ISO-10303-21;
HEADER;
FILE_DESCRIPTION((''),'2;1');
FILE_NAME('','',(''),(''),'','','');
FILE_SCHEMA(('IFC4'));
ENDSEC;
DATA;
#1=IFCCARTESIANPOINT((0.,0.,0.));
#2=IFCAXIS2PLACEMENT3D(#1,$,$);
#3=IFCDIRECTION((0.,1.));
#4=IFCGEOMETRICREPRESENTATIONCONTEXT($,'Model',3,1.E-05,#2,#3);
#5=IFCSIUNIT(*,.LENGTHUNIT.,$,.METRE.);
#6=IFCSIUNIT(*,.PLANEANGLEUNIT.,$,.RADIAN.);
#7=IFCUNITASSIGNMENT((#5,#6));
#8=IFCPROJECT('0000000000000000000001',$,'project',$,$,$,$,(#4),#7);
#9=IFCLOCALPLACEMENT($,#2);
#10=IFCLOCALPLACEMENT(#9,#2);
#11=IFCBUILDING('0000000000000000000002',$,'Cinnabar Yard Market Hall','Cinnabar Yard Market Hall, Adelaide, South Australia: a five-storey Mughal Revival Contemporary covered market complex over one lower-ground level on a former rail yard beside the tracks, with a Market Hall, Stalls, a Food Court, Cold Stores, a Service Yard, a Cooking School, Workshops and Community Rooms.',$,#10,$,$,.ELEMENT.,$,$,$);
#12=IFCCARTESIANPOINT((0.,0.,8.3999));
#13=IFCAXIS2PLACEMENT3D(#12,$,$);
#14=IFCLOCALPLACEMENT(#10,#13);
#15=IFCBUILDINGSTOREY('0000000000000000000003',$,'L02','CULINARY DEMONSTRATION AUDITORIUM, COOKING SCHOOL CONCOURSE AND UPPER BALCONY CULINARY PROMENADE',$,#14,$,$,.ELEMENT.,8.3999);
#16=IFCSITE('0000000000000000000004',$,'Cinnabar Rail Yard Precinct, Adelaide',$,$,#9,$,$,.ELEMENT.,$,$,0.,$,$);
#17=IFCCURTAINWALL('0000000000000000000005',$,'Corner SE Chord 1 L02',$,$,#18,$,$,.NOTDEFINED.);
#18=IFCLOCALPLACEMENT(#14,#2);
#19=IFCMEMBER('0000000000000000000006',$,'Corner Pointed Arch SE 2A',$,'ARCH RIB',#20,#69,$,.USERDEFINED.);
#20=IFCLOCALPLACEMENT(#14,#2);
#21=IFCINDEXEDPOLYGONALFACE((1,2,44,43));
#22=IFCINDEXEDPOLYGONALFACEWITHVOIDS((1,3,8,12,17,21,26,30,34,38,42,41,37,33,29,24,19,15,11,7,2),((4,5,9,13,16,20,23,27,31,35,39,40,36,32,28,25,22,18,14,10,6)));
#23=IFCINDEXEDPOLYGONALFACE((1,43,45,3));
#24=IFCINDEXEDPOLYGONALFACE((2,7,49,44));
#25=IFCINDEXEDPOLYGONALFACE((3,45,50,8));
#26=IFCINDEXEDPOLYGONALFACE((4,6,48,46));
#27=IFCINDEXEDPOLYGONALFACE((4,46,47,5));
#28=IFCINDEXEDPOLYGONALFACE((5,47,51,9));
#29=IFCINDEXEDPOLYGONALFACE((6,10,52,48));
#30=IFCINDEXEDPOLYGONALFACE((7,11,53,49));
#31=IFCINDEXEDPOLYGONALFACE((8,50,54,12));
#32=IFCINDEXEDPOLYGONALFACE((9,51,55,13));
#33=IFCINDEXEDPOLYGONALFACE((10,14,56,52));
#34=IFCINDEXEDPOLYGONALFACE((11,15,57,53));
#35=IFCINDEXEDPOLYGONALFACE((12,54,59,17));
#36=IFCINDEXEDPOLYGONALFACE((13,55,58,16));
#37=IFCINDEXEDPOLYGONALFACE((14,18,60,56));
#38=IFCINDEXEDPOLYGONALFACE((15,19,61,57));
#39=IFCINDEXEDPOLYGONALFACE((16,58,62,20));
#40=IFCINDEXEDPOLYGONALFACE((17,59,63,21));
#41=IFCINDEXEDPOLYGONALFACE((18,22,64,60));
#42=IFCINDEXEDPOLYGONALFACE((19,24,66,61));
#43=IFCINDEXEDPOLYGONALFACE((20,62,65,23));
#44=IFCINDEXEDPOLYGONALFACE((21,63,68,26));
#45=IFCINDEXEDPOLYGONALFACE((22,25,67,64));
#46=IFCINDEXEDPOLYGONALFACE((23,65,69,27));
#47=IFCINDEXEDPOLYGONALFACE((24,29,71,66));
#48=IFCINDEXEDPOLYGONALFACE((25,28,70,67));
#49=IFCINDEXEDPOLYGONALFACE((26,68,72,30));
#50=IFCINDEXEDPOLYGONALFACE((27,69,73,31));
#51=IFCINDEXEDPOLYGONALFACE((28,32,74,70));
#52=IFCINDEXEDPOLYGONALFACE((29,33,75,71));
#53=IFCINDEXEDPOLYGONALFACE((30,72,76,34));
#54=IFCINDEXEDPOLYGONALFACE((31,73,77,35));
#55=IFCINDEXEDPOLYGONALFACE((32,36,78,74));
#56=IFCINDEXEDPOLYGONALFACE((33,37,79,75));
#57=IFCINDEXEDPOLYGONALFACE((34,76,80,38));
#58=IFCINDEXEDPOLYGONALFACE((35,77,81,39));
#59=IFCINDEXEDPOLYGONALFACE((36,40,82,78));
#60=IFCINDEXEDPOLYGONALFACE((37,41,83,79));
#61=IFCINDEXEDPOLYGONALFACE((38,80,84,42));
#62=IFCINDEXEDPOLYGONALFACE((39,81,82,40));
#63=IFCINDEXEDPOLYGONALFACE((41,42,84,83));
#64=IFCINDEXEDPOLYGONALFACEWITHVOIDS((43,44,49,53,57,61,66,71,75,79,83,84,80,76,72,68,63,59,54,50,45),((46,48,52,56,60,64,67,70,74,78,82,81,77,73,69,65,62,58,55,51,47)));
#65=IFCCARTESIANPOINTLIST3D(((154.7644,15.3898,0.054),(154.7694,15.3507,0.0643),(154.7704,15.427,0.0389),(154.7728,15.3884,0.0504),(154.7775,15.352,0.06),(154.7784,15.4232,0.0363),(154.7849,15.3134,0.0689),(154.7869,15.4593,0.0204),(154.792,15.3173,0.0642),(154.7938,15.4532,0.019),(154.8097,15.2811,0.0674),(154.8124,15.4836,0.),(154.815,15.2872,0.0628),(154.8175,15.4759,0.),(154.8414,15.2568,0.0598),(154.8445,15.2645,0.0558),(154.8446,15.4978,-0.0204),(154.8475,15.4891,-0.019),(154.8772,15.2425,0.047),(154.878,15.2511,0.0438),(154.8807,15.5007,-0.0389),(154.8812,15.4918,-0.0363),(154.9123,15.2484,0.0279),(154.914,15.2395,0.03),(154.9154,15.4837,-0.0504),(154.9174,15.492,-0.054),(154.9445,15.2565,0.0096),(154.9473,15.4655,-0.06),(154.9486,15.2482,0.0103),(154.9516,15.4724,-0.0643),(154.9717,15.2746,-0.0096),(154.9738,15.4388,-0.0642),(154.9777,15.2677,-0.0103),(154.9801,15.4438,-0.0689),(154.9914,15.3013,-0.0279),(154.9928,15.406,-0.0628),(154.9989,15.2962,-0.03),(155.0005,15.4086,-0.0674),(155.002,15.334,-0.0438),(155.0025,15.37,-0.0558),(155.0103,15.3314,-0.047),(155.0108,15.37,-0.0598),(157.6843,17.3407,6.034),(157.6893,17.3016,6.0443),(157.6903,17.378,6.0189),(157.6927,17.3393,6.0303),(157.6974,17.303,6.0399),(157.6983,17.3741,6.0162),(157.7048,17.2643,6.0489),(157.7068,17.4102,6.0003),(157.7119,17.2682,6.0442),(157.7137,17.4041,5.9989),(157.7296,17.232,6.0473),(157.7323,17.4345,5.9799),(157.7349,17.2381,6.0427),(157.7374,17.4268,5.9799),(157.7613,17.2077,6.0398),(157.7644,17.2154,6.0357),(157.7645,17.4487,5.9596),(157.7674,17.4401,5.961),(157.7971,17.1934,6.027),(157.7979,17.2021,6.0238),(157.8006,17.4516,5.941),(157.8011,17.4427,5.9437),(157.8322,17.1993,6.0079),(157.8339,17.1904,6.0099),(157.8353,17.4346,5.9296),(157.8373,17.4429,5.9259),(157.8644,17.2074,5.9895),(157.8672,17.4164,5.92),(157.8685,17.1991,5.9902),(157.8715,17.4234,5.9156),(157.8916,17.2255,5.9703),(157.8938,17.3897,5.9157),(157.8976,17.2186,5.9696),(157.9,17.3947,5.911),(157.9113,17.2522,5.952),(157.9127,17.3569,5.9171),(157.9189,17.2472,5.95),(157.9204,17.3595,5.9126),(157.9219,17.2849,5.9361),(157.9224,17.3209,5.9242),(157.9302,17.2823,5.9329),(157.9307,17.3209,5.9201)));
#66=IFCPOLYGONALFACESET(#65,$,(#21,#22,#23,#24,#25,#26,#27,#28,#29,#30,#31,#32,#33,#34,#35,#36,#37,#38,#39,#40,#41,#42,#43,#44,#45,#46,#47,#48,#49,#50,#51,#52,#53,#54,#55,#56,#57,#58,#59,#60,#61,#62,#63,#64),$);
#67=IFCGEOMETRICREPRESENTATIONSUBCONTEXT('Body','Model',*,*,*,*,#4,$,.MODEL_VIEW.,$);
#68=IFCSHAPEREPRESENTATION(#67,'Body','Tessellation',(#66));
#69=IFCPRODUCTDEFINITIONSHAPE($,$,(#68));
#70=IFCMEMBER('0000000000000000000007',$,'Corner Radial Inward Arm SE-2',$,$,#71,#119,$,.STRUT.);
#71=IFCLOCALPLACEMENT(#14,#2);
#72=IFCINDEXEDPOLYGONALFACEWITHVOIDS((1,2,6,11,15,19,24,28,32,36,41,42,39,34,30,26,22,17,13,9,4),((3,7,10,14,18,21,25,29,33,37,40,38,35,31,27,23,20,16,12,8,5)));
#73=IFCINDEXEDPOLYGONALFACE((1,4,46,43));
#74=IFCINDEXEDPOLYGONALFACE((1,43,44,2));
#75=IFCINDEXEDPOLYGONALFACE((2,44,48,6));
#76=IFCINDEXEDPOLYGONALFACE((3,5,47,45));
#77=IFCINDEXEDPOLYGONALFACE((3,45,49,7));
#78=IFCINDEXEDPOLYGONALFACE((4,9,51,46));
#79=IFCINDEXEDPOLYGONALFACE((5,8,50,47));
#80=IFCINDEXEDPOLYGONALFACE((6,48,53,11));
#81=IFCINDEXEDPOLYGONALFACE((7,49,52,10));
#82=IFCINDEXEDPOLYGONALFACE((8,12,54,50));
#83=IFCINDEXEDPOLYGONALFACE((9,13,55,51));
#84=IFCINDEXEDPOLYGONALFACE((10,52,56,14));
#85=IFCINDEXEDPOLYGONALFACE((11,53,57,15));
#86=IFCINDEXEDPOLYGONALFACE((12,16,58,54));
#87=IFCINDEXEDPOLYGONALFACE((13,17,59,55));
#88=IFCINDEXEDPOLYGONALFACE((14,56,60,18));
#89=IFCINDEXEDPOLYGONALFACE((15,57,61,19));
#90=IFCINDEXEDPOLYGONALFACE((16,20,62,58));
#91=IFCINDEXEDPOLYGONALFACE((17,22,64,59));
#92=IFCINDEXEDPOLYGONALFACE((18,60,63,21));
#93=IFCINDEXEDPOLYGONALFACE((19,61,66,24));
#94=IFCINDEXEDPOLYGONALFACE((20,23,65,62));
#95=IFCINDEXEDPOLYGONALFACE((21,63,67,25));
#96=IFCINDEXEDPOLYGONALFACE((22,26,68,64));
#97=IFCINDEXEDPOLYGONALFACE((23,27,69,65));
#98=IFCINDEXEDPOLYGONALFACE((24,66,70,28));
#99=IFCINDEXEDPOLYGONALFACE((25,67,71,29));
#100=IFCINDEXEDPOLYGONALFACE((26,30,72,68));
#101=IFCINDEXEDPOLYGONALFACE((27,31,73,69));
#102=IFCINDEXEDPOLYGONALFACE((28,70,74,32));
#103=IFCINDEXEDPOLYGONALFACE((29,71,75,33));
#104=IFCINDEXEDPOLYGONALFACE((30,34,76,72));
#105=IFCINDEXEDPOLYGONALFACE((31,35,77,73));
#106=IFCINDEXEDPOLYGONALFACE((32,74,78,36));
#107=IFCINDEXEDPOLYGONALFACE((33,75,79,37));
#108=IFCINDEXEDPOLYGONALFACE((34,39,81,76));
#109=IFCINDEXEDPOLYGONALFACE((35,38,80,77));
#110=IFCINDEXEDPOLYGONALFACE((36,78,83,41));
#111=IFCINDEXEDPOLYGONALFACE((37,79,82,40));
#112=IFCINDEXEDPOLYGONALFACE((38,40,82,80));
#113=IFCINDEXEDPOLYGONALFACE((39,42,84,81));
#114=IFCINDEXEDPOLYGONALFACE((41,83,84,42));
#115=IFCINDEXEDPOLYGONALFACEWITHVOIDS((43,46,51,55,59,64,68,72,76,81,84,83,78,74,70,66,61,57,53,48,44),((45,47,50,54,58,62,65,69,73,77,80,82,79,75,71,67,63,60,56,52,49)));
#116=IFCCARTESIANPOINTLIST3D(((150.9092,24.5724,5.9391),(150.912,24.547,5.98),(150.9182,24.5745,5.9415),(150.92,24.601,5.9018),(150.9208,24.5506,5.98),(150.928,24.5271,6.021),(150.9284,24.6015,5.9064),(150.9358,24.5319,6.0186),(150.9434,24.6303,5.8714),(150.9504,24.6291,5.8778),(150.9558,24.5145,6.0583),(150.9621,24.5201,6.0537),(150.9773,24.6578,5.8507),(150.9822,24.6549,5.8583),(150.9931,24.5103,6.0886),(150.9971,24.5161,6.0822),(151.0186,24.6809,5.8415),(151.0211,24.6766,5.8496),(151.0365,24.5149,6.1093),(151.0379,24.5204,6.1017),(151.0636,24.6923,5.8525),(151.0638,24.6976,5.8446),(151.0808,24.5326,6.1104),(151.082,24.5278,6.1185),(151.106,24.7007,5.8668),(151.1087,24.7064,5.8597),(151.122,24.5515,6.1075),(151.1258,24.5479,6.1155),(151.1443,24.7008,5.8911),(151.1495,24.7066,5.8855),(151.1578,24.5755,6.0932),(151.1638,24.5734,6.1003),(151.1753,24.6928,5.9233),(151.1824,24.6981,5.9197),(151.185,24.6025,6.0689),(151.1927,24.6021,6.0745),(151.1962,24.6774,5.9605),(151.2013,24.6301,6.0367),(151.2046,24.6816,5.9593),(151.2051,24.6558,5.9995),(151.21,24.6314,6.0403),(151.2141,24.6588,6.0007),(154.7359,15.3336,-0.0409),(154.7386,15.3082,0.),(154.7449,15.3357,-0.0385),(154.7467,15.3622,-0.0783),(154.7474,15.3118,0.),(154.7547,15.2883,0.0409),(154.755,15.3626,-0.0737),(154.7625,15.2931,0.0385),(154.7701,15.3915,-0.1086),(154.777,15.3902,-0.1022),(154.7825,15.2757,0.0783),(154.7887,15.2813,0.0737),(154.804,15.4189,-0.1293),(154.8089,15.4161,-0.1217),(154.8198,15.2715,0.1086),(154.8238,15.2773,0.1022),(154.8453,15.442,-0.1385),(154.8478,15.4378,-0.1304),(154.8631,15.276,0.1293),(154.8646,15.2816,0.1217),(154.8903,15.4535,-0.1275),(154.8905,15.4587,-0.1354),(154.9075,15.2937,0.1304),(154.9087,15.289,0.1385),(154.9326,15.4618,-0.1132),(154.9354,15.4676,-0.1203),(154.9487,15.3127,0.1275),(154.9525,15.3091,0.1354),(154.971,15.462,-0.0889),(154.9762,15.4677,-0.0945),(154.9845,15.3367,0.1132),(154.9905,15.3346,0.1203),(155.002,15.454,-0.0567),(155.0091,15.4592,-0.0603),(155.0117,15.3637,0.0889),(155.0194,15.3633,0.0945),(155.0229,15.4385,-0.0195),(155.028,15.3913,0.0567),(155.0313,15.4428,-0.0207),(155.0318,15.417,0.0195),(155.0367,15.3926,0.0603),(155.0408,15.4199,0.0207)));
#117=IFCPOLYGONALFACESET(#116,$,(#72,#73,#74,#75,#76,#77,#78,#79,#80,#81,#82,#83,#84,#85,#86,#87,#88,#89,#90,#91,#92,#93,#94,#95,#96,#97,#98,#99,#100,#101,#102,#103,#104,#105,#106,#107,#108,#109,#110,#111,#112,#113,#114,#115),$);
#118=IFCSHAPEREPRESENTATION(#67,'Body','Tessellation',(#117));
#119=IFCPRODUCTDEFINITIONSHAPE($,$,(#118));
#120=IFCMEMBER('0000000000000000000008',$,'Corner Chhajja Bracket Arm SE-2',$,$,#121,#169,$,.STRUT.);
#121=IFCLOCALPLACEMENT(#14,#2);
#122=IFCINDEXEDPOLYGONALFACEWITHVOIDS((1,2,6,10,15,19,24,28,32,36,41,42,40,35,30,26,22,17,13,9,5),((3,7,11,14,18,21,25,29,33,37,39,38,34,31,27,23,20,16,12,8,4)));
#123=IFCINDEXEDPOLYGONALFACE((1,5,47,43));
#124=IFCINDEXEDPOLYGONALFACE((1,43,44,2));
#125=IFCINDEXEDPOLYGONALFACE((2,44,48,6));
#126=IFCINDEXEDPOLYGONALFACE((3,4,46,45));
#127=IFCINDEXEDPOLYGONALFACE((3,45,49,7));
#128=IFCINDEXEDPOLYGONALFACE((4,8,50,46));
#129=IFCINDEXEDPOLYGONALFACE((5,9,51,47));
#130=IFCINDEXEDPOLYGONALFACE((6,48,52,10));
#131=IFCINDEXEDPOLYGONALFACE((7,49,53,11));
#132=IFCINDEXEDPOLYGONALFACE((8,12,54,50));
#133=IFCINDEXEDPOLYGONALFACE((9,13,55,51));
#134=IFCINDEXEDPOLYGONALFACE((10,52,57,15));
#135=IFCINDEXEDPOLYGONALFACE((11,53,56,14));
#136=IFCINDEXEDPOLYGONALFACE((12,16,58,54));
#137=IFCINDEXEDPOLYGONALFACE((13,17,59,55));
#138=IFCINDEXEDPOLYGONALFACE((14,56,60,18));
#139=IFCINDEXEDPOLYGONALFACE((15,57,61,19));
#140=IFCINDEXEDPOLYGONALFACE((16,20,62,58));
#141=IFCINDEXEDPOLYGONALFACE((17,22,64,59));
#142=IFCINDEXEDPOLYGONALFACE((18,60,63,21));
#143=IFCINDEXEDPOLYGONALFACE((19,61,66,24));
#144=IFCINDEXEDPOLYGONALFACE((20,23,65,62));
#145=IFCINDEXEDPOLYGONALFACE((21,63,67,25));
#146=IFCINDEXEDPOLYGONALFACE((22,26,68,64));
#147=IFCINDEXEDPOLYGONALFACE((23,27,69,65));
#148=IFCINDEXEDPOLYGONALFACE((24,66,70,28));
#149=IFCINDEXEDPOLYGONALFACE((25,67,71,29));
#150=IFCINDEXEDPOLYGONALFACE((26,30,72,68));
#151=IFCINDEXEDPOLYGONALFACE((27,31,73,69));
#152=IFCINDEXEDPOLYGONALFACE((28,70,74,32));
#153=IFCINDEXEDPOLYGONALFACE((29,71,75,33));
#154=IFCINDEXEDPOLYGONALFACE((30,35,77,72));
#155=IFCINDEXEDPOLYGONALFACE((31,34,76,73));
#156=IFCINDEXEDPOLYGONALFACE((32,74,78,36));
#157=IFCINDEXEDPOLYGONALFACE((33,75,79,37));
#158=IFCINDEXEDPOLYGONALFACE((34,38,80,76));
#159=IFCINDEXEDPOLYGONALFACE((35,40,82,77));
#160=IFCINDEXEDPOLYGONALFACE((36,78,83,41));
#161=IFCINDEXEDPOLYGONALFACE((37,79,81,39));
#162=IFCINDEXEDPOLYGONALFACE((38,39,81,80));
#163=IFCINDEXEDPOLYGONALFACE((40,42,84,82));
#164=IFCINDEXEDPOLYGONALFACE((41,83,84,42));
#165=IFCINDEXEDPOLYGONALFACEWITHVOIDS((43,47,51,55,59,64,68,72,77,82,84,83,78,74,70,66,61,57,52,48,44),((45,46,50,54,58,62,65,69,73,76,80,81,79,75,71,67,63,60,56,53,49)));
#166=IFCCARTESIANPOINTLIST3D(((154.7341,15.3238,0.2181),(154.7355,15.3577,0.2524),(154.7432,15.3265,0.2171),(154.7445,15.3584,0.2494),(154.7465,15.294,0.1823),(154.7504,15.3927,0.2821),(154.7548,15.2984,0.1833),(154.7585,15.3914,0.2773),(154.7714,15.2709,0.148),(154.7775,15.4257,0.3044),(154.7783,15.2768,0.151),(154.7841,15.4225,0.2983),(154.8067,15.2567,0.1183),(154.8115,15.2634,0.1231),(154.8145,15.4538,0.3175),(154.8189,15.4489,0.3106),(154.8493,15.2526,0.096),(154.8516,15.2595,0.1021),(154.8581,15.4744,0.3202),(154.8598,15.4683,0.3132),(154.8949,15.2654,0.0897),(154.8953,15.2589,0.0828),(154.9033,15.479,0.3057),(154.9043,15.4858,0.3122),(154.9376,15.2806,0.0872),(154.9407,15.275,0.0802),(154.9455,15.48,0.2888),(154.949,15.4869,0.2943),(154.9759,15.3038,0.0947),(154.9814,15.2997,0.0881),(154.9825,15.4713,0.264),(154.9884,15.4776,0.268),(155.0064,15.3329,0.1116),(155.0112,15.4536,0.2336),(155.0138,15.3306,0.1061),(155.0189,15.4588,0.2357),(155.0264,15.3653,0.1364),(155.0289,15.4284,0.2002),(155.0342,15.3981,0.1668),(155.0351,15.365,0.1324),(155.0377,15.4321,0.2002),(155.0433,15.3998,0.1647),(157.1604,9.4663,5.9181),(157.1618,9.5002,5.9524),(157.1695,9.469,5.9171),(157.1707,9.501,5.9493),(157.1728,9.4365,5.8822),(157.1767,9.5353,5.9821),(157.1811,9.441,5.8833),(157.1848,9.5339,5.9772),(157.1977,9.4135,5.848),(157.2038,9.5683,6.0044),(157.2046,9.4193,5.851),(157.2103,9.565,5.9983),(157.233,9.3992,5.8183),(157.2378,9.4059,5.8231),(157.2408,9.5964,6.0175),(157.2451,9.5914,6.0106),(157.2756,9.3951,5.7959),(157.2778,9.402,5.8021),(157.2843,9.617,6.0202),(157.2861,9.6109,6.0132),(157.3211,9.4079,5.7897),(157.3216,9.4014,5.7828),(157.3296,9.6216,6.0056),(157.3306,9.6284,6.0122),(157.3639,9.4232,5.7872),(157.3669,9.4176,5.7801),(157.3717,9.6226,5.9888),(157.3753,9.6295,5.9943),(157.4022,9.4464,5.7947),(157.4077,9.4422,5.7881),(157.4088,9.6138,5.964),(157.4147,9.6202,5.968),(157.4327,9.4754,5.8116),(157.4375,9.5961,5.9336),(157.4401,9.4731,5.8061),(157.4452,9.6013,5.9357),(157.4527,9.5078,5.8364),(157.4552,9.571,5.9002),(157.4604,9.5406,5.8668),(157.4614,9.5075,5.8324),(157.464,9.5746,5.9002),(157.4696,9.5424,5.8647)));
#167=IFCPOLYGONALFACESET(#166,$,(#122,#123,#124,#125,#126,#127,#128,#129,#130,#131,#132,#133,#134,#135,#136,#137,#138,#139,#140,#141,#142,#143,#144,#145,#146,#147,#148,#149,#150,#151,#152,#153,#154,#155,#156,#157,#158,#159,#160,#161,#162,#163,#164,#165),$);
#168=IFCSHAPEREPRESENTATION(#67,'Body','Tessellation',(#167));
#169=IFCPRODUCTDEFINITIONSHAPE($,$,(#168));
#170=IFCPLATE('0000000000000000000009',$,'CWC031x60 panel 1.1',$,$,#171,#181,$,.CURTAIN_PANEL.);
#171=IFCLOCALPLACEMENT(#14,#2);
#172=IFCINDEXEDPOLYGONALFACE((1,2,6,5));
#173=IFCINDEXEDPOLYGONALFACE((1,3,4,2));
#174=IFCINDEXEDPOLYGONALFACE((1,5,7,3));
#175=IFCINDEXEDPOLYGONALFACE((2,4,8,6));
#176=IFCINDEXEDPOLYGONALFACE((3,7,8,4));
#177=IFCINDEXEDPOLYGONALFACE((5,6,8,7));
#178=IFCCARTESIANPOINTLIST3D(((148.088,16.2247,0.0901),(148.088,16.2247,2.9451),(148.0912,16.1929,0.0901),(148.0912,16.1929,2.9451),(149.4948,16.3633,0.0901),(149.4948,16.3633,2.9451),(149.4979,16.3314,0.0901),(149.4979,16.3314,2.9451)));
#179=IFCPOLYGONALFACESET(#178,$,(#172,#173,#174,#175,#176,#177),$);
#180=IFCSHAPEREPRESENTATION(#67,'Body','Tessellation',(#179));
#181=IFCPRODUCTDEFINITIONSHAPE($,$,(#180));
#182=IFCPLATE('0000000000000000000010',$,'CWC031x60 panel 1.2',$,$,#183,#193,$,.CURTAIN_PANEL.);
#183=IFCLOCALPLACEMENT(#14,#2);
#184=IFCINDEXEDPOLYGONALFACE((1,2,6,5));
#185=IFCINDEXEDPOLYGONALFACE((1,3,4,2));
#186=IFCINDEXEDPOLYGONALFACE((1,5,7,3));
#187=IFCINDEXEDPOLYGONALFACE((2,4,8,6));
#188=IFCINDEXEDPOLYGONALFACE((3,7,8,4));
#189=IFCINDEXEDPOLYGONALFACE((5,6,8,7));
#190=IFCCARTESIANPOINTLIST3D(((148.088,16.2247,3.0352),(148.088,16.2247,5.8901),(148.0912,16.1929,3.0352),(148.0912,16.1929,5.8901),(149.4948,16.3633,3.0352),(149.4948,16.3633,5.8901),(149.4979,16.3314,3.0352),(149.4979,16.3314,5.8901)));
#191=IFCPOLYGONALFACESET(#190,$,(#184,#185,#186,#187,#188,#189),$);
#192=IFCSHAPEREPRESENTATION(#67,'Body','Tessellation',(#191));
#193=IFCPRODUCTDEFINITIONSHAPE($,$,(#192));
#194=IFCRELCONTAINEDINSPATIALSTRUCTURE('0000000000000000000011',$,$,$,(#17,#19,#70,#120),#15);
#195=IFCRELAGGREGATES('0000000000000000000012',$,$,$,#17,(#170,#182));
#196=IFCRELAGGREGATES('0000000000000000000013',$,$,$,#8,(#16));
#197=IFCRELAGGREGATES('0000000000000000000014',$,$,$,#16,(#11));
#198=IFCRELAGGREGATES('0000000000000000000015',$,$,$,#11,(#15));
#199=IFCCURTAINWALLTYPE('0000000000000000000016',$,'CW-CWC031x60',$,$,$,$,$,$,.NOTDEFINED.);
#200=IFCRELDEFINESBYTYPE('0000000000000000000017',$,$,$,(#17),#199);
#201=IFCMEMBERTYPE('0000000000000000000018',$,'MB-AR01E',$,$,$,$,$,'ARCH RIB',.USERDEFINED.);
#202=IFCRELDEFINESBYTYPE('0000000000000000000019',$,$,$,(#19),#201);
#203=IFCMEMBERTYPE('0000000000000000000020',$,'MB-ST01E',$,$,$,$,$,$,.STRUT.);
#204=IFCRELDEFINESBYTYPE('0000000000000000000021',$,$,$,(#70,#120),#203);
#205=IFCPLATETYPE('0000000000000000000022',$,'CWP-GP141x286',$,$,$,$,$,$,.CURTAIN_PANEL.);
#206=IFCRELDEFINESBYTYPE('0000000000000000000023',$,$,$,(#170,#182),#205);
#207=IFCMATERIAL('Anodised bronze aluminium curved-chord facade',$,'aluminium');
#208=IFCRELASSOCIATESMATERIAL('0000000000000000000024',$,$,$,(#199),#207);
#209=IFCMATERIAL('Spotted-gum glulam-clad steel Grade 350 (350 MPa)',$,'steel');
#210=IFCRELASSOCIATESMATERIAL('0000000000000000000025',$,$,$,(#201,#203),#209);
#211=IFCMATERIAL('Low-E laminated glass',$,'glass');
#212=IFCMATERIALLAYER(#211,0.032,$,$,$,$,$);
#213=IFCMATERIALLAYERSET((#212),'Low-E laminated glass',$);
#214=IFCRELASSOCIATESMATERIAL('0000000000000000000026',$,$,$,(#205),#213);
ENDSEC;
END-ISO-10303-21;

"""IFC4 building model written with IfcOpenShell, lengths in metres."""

from ifc_helpers import new_model, si_unit, direction, frame, origin, origin_2d_with_axis, place, context, subcontext, project, spatial, rectangle, hollow_circle, extrude, material, layer, layer_set, material_profile, profile_set, type_object, element, aggregate, save


model = new_model("IFC4")

# Units and contexts
model_context = context("Model", 3, precision=1e-05, world=origin(), true_north=direction((0.0, 1.0)))
body_context = subcontext(model_context, "Body", "Model", "MODEL_VIEW")
ifc_project = project(units=[si_unit("LENGTHUNIT", "METRE"), si_unit("PLANEANGLEUNIT", "RADIAN")], contexts=[model_context])

# Site, building, storey
site_placement = place(None, origin())
site = spatial("IfcSite", under=ifc_project, at=site_placement, Name="Cinnabar Rail Yard Precinct, Adelaide", CompositionType="ELEMENT", RefElevation=0.0)
building_placement = place(site_placement, origin())
building = spatial("IfcBuilding", under=site, at=building_placement, Name="Cinnabar Yard Market Hall", Description="Cinnabar Yard Market Hall, Adelaide, South Australia: a five-storey Mughal Revival Contemporary covered market complex over one lower-ground level on a former rail yard beside the tracks, with a Market Hall, Stalls, a Food Court, Cold Stores, a Service Yard, a Cooking School, Workshops and Community Rooms.", CompositionType="ELEMENT")
storey_placement = place(building_placement, frame((0.0, 0.0, 8.3999)))
storey = spatial("IfcBuildingStorey", under=building, at=storey_placement, Name="L02", Description="CULINARY DEMONSTRATION AUDITORIUM, COOKING SCHOOL CONCOURSE AND UPPER BALCONY CULINARY PROMENADE", CompositionType="ELEMENT", Elevation=8.3999)

# Shared definitions
ifc_material_1 = material(Name="Spotted-gum glulam-clad steel Grade 350 (350 MPa)", Category="steel")

# Curtain wall
ifc_material_2 = material(Name="Anodised bronze aluminium curved-chord facade", Category="aluminium")
curtain_wall_type_1 = type_object("IfcCurtainWallType", Name="CW-CWC031x60", PredefinedType="NOTDEFINED", material=ifc_material_2)
curtain_wall_1_placement = place(storey_placement, origin())
curtain_wall_1 = element("IfcCurtainWall", 1, at=curtain_wall_1_placement, inside=storey, type_object=curtain_wall_type_1, Name="Corner SE Chord 1 L02", PredefinedType="NOTDEFINED")

# Members
ifc_material_profile_1 = material_profile(ifc_material_1, hollow_circle(Radius=0.1365, WallThickness=0.0093, at=origin_2d_with_axis()), Name="273.1x9.3CHS")
ifc_profile_set_1 = profile_set([ifc_material_profile_1], Name="Spotted-gum glulam-clad steel Grade 350 (350 MPa)")
member_type_1 = type_object("IfcMemberType", Name="MB-AR01E", ElementType="ARCH RIB", PredefinedType="USERDEFINED", material=ifc_profile_set_1)
member_1_placement = place(storey_placement, frame((154.8882, 15.3701, 0.0), z_axis=(0.42105, 0.281322, 0.862308), x_axis=(-0.55555, 0.831483, 0.0)))
element("IfcMember", 2, at=member_1_placement, inside=storey, type_object=member_type_1, Name="Corner Pointed Arch SE 2A", ObjectType="ARCH RIB", PredefinedType="USERDEFINED", context=body_context, shape_type="SweptSolid", body=[
    extrude(hollow_circle(Radius=0.1365, WallThickness=0.0093, at=origin_2d_with_axis()), origin(), (0.0, 0.0, 1.0), 6.9348),
])
ifc_material_profile_2 = material_profile(ifc_material_1, hollow_circle(Radius=0.1619, WallThickness=0.0095, at=origin_2d_with_axis()), Name="323.9x9.5CHS")
ifc_profile_set_2 = profile_set([ifc_material_profile_2], Name="Spotted-gum glulam-clad steel Grade 350 (350 MPa)")
member_type_2 = type_object("IfcMemberType", Name="MB-ST01E", PredefinedType="STRUT", material=ifc_profile_set_2)
member_2_placement = place(storey_placement, frame((154.8882, 15.3701, 0.0), z_axis=(-0.328425, 0.792923, 0.513235), x_axis=(-0.923885, -0.382669, 0.0)))
element("IfcMember", 3, at=member_2_placement, inside=storey, type_object=member_type_2, Name="Corner Radial Inward Arm SE-2", PredefinedType="STRUT", context=body_context, shape_type="SweptSolid", body=[
    extrude(hollow_circle(Radius=0.1619, WallThickness=0.0095, at=origin_2d_with_axis()), origin(), (0.0, 0.0, 1.0), 11.6516),
])
member_3_placement = place(storey_placement, frame((154.8882, 15.3701, 0.2002), z_axis=(0.284587, -0.68704, 0.66857), x_axis=(0.923877, 0.38269, 0.0)))
element("IfcMember", 4, at=member_3_placement, inside=storey, type_object=member_type_2, Name="Corner Chhajja Bracket Arm SE-2", PredefinedType="STRUT", context=body_context, shape_type="SweptSolid", body=[
    extrude(hollow_circle(Radius=0.1619, WallThickness=0.0095, at=origin_2d_with_axis()), origin(), (0.0, 0.0, 1.0), 8.5256),
])

# Plates
ifc_material_3 = material(Name="Low-E laminated glass", Category="glass")
ifc_layer_1 = layer(ifc_material_3, 0.032)
ifc_layer_set_1 = layer_set([ifc_layer_1], Name="Low-E laminated glass")
plate_type_1 = type_object("IfcPlateType", Name="CWP-GP141x286", PredefinedType="CURTAIN_PANEL", material=ifc_layer_set_1)
plate_1_placement = place(storey_placement, frame((148.793, 16.2781, 0.0901), z_axis=(0.0, 0.0, 1.0), x_axis=(0.995184, 0.09802, 0.0)))
plate_1 = element("IfcPlate", 5, at=plate_1_placement, type_object=plate_type_1, Name="CWC031x60 panel 1.1", PredefinedType="CURTAIN_PANEL", context=body_context, shape_type="SweptSolid", body=[
    extrude(rectangle(XDim=1.4136, YDim=0.032, at=origin_2d_with_axis()), origin(), (0.0, 0.0, 1.0), 2.855),
])
plate_2_placement = place(storey_placement, frame((148.793, 16.2781, 3.0352), z_axis=(0.0, 0.0, 1.0), x_axis=(0.995184, 0.09802, 0.0)))
plate_2 = element("IfcPlate", 6, at=plate_2_placement, type_object=plate_type_1, Name="CWC031x60 panel 1.2", PredefinedType="CURTAIN_PANEL", context=body_context, shape_type="SweptSolid", body=[
    extrude(rectangle(XDim=1.4136, YDim=0.032, at=origin_2d_with_axis()), origin(), (0.0, 0.0, 1.0), 2.855),
])
aggregate(curtain_wall_1, [plate_1, plate_2])

save(model, "model.ifc")
